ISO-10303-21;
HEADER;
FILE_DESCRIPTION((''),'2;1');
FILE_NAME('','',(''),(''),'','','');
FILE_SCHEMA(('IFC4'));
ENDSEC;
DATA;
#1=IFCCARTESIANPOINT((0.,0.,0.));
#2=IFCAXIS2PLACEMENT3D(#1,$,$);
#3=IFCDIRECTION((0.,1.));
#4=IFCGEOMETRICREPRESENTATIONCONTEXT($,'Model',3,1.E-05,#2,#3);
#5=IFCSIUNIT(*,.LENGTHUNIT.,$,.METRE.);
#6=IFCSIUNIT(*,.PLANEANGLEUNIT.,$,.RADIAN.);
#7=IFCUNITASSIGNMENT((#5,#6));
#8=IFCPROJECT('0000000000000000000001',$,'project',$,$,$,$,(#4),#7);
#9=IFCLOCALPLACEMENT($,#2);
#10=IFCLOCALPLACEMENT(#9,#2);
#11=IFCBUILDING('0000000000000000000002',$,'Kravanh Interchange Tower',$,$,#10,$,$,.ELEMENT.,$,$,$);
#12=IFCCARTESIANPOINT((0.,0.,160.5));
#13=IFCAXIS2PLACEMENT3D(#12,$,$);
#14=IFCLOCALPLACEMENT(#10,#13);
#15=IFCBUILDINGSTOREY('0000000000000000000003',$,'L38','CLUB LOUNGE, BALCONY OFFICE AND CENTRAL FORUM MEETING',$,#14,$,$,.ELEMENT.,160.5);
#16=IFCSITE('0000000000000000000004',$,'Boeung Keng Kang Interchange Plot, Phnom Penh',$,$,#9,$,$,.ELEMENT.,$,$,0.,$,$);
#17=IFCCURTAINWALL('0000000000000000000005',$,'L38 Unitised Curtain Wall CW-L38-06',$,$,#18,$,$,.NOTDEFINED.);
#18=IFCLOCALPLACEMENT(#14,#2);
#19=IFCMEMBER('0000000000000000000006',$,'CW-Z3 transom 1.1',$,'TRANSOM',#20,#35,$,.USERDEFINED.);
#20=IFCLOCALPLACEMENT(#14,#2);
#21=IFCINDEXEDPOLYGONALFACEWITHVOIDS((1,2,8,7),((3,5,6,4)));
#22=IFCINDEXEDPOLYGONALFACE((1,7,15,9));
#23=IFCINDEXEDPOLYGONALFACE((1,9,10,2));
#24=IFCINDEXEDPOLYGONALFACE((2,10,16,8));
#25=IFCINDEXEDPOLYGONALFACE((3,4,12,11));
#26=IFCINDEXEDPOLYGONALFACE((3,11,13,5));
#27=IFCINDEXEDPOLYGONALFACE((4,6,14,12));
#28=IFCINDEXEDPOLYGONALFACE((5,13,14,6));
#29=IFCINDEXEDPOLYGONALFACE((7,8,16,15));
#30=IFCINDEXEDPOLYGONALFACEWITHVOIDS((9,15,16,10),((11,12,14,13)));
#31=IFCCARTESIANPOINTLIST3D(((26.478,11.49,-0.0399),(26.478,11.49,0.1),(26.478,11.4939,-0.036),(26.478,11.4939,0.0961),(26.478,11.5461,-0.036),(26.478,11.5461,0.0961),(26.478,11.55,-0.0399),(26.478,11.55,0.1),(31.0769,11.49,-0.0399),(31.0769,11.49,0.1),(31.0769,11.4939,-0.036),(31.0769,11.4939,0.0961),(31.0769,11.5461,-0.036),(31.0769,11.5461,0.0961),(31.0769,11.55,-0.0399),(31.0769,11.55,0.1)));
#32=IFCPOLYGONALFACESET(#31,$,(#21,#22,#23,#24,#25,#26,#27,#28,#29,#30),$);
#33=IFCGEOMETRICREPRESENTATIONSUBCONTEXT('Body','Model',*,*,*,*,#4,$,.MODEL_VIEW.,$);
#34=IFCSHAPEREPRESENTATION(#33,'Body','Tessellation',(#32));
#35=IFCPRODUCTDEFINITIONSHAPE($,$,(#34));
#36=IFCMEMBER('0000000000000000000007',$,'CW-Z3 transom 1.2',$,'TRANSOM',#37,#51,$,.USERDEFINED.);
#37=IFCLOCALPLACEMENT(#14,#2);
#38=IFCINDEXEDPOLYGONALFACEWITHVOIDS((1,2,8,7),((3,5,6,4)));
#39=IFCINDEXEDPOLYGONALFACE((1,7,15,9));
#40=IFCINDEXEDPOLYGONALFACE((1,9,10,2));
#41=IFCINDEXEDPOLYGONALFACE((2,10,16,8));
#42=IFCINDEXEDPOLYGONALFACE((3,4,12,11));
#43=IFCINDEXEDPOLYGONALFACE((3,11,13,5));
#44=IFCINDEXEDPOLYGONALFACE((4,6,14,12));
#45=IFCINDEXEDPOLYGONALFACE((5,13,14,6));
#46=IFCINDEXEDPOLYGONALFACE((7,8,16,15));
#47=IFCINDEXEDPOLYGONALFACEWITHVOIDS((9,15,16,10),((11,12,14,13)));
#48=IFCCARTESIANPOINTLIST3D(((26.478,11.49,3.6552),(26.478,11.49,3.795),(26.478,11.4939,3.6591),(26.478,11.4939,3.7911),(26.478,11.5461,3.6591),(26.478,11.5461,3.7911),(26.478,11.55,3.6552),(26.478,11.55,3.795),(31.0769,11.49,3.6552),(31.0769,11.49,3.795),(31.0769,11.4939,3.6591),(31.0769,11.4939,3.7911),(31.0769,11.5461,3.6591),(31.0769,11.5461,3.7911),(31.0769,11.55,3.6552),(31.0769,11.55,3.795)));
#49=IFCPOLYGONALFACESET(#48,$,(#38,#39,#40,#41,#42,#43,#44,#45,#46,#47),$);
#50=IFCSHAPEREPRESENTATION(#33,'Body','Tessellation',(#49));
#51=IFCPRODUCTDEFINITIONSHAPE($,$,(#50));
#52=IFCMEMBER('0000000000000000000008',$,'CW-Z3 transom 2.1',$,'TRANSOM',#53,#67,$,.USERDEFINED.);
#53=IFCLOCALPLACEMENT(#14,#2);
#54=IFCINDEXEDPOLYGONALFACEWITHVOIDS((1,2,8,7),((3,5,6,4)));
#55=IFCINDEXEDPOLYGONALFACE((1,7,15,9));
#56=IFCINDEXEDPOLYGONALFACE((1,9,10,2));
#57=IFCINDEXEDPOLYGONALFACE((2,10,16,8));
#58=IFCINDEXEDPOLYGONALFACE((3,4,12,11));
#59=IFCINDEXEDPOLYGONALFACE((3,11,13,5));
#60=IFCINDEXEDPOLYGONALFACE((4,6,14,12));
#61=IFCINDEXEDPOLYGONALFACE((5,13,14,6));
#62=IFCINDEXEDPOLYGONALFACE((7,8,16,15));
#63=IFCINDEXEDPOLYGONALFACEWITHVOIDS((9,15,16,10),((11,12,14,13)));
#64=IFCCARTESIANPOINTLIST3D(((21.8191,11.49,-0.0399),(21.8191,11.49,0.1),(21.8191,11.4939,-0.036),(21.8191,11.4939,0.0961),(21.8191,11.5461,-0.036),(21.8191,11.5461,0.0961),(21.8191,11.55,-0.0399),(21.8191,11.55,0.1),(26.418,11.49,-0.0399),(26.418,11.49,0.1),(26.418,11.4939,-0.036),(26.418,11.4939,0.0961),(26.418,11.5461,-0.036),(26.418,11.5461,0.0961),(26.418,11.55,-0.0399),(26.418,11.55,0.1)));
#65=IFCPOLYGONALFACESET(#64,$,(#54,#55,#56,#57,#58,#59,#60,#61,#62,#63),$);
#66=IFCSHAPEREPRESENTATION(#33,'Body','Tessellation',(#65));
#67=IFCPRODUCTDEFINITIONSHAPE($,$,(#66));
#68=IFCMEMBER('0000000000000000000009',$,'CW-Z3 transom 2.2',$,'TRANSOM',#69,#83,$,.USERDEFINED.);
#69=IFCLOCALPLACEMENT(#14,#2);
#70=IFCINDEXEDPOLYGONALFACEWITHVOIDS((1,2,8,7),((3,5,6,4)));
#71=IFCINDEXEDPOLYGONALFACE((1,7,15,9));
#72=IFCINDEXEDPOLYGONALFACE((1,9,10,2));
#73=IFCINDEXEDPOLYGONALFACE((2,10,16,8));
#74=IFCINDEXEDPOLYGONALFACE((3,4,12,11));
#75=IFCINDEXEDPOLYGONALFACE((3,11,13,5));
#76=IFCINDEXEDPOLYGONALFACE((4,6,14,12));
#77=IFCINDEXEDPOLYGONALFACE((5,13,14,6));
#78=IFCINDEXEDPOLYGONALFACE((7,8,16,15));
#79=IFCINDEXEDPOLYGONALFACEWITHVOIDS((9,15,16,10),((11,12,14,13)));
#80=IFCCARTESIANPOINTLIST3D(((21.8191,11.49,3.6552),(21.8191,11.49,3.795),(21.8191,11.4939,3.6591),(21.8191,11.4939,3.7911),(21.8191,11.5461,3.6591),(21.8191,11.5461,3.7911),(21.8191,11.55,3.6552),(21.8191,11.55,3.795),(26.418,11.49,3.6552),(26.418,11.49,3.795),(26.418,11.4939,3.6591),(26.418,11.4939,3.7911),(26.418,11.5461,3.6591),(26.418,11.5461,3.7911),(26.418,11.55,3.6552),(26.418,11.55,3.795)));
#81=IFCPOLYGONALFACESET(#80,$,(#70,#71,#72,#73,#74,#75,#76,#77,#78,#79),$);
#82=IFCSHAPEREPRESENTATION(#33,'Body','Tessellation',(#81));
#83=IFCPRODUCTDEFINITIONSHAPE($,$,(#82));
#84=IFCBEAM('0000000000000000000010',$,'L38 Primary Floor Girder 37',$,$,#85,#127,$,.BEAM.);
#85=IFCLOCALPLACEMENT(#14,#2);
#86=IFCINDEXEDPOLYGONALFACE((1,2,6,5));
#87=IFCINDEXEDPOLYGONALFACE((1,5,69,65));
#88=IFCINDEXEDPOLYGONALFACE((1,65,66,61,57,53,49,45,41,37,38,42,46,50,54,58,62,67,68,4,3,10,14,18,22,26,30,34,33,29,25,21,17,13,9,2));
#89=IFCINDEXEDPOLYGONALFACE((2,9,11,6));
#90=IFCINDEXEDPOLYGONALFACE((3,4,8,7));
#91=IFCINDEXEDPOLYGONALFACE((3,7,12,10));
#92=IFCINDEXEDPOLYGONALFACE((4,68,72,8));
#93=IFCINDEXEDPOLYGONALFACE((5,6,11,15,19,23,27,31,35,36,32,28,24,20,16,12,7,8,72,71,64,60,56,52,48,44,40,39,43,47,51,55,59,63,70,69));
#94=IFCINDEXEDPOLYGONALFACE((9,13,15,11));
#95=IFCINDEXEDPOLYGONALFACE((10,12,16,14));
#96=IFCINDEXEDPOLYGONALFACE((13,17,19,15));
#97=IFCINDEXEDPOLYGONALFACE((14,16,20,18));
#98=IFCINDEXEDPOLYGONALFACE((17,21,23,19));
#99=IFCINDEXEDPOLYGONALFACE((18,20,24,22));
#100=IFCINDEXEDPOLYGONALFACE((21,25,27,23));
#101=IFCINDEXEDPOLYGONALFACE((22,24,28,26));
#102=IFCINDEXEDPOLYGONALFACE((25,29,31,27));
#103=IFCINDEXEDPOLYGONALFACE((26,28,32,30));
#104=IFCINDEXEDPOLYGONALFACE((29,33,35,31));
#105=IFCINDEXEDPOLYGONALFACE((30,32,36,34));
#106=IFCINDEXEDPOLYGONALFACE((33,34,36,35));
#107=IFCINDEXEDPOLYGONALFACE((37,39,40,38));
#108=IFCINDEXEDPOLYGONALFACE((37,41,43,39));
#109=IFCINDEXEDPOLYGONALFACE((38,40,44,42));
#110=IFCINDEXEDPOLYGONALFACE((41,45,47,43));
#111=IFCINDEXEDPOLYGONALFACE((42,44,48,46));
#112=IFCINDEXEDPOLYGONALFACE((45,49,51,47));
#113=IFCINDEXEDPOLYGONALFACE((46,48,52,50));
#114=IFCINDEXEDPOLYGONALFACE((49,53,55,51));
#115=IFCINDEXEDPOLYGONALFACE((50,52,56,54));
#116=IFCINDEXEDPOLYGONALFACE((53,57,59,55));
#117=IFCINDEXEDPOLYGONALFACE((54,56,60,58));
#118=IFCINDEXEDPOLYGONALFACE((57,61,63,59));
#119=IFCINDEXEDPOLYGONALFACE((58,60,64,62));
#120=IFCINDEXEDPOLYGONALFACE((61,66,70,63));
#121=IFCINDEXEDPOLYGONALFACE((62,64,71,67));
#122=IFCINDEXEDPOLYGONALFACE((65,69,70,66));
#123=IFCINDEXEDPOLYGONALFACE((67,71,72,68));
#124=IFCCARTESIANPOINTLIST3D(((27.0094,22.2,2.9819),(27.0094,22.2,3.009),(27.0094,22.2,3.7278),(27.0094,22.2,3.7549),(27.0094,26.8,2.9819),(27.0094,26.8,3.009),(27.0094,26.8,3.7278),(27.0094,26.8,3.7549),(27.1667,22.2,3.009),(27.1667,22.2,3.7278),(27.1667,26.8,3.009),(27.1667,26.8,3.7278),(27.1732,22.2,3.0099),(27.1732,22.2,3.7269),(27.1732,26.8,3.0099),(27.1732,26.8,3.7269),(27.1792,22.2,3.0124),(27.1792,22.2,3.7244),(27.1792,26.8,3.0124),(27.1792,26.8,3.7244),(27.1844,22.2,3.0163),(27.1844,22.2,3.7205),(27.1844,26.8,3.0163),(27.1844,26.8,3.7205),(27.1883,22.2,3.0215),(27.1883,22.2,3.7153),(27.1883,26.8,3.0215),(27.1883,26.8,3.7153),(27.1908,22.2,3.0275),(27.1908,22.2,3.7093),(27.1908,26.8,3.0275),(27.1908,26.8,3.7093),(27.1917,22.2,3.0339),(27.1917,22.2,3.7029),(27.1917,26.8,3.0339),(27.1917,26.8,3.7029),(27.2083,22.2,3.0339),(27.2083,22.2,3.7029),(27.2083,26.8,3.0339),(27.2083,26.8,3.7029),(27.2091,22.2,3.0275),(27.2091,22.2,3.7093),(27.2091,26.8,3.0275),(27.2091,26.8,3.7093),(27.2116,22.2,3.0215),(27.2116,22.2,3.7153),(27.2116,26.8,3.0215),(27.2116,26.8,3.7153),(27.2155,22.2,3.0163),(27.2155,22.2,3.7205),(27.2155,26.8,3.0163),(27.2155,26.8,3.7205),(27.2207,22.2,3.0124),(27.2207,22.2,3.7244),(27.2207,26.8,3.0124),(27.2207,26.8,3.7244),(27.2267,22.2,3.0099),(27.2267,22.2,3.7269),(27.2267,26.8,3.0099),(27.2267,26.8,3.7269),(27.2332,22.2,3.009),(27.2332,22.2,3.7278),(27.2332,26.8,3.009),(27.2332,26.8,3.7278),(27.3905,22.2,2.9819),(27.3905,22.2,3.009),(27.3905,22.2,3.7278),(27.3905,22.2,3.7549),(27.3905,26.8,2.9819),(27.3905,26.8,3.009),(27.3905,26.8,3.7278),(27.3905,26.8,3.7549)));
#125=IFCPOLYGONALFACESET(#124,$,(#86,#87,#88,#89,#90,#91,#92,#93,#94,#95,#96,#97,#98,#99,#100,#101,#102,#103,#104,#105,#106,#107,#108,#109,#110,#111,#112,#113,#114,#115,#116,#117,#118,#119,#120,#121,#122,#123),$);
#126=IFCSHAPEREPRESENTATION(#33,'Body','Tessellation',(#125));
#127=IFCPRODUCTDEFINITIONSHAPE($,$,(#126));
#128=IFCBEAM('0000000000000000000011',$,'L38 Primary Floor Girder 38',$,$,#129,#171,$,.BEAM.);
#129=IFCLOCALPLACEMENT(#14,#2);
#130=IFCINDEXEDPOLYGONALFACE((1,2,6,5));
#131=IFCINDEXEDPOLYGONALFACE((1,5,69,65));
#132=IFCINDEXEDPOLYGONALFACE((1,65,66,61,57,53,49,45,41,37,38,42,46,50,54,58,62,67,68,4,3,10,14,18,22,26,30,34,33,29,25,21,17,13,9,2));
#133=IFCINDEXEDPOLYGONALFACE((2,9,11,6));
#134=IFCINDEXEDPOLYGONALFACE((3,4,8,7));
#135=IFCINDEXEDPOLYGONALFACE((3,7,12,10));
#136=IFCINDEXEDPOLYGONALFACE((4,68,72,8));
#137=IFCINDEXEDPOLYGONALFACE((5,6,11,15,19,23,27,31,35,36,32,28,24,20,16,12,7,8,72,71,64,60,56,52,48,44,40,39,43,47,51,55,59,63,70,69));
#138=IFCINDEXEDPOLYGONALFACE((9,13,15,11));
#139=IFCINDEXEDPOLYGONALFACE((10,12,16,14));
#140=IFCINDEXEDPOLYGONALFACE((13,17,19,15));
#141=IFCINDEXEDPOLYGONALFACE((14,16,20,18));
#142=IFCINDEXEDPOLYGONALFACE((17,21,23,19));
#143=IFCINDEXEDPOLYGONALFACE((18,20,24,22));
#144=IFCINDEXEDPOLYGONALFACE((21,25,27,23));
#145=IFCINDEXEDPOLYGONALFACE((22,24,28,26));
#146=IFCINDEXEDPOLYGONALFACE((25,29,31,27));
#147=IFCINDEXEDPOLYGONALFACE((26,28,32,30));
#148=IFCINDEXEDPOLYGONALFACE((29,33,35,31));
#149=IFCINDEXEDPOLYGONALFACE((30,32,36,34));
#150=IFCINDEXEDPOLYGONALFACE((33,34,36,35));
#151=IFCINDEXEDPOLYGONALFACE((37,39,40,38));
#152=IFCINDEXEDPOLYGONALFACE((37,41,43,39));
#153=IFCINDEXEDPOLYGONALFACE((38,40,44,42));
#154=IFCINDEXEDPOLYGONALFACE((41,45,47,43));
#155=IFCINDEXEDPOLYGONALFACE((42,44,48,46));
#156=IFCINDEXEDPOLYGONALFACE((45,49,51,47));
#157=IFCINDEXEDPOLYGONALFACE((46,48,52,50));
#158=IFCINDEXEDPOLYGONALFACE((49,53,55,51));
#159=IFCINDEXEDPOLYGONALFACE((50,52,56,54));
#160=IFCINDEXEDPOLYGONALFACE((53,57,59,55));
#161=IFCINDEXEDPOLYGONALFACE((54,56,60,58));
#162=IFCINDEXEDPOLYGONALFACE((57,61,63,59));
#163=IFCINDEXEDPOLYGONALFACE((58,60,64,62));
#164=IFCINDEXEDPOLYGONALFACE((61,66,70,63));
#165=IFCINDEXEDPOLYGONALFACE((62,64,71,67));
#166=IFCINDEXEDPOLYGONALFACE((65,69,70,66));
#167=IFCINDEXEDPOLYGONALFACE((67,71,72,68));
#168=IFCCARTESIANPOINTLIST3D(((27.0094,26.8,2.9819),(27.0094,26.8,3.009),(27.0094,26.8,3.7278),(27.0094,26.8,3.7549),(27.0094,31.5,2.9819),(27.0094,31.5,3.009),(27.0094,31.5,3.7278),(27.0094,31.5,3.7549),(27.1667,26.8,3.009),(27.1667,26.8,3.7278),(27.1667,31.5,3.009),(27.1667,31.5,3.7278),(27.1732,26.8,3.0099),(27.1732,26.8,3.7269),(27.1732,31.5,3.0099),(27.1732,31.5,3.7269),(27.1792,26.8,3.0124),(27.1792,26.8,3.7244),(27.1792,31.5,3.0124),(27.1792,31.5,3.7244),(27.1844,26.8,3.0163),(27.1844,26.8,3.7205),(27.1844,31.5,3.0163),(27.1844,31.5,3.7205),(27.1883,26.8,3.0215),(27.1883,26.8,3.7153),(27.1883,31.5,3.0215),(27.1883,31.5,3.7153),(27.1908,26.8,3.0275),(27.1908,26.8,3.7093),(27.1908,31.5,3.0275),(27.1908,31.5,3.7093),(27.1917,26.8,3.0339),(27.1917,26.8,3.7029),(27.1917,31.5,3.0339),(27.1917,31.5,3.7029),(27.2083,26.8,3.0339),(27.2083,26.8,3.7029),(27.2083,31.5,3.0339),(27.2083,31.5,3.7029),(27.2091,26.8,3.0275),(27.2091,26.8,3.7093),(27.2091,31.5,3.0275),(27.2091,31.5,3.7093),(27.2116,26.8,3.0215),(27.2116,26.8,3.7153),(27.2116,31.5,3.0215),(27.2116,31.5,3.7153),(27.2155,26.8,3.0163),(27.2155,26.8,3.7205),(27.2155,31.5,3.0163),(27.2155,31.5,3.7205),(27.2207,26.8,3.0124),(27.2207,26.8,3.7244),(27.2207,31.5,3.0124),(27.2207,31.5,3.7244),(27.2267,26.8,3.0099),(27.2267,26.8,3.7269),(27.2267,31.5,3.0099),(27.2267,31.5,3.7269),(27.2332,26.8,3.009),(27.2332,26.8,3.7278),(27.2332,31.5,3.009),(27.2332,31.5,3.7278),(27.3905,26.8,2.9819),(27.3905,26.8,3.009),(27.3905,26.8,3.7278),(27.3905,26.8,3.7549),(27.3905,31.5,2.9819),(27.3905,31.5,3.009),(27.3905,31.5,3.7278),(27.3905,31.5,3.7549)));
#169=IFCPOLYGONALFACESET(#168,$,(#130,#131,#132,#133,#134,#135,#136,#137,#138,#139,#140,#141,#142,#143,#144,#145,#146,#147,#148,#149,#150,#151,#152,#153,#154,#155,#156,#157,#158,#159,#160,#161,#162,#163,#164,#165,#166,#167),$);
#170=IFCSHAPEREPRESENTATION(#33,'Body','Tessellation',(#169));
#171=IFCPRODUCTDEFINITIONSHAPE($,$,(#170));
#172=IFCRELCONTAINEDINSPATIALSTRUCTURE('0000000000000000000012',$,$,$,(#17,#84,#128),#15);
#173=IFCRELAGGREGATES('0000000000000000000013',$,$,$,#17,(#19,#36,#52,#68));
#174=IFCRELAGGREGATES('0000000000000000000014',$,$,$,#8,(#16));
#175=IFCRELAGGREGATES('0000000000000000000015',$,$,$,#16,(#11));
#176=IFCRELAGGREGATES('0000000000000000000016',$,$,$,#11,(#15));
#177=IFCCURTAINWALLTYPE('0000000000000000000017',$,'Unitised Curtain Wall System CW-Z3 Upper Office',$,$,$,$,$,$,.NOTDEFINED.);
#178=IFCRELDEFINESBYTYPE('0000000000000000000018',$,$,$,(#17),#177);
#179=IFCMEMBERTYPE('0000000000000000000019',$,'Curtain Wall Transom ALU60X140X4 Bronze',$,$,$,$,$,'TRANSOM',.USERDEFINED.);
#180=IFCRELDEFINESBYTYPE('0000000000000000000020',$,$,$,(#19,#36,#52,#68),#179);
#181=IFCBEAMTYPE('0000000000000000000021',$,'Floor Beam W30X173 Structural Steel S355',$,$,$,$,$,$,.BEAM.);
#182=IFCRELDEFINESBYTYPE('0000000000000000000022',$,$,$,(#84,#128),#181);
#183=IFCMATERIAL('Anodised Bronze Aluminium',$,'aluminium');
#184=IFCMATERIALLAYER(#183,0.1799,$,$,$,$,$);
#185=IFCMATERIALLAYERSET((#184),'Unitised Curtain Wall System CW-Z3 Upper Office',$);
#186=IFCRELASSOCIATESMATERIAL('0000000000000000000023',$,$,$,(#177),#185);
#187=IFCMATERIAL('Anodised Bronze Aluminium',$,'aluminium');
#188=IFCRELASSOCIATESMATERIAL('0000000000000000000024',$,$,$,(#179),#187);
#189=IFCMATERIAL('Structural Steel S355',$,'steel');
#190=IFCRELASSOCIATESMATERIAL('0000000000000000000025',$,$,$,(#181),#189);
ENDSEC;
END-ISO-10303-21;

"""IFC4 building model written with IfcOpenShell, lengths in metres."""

from ifc_helpers import new_model, si_unit, direction, frame, origin, origin_2d, place, context, subcontext, project, spatial, hollow_rectangle, i_section, extrude, material, layer, layer_set, material_profile, profile_set, type_object, element, aggregate, save


model = new_model("IFC4")

# Units and contexts
model_context = context("Model", 3, precision=1e-05, world=origin(), true_north=direction((0.0, 1.0)))
body_context = subcontext(model_context, "Body", "Model", "MODEL_VIEW")
ifc_project = project(units=[si_unit("LENGTHUNIT", "METRE"), si_unit("PLANEANGLEUNIT", "RADIAN")], contexts=[model_context])

# Site, building, storey
site_placement = place(None, origin())
site = spatial("IfcSite", under=ifc_project, at=site_placement, Name="Boeung Keng Kang Interchange Plot, Phnom Penh", CompositionType="ELEMENT", RefElevation=0.0)
building_placement = place(site_placement, origin())
building = spatial("IfcBuilding", under=site, at=building_placement, Name="Kravanh Interchange Tower", CompositionType="ELEMENT")
storey_placement = place(building_placement, frame((0.0, 0.0, 160.5)))
storey = spatial("IfcBuildingStorey", under=building, at=storey_placement, Name="L38", Description="CLUB LOUNGE, BALCONY OFFICE AND CENTRAL FORUM MEETING", CompositionType="ELEMENT", Elevation=160.5)

# Curtain wall
ifc_material_1 = material(Name="Anodised Bronze Aluminium", Category="aluminium")
ifc_layer_1 = layer(ifc_material_1, 0.1799)
ifc_layer_set_1 = layer_set([ifc_layer_1], Name="Unitised Curtain Wall System CW-Z3 Upper Office")
curtain_wall_type = type_object("IfcCurtainWallType", Name="Unitised Curtain Wall System CW-Z3 Upper Office", PredefinedType="NOTDEFINED", material=ifc_layer_set_1)
curtain_wall_1_placement = place(storey_placement, origin())
curtain_wall_1 = element("IfcCurtainWall", 1, at=curtain_wall_1_placement, inside=storey, type_object=curtain_wall_type, Name="L38 Unitised Curtain Wall CW-L38-06", PredefinedType="NOTDEFINED")

# Members
ifc_material_2 = material(Name="Anodised Bronze Aluminium", Category="aluminium")
ifc_material_profile_1 = material_profile(ifc_material_2, hollow_rectangle(XDim=0.0601, YDim=0.1399, WallThickness=0.0039, at=origin_2d()), Name="ALU60X140X4")
ifc_profile_set_1 = profile_set([ifc_material_profile_1], Name="Anodised Bronze Aluminium")
member_type_1 = type_object("IfcMemberType", Name="Curtain Wall Transom ALU60X140X4 Bronze", ElementType="TRANSOM", PredefinedType="USERDEFINED", material=ifc_profile_set_1)
member_1_placement = place(storey_placement, frame((31.0769, 11.52, 0.03), z_axis=(-1.0, 0.0, 0.0), x_axis=(0.0, -1.0, 0.0)))
member_1 = element("IfcMember", 2, at=member_1_placement, type_object=member_type_1, Name="CW-Z3 transom 1.1", ObjectType="TRANSOM", PredefinedType="USERDEFINED", context=body_context, shape_type="SweptSolid", body=[
    extrude(hollow_rectangle(XDim=0.0601, YDim=0.1399, WallThickness=0.0039, at=origin_2d()), origin(), (0.0, 0.0, 1.0), 4.5989),
])
member_2_placement = place(storey_placement, frame((31.0769, 11.52, 3.7251), z_axis=(-1.0, 0.0, 0.0), x_axis=(0.0, -1.0, 0.0)))
member_2 = element("IfcMember", 3, at=member_2_placement, type_object=member_type_1, Name="CW-Z3 transom 1.2", ObjectType="TRANSOM", PredefinedType="USERDEFINED", context=body_context, shape_type="SweptSolid", body=[
    extrude(hollow_rectangle(XDim=0.0601, YDim=0.1399, WallThickness=0.0039, at=origin_2d()), origin(), (0.0, 0.0, 1.0), 4.5989),
])
member_3_placement = place(storey_placement, frame((26.418, 11.52, 0.03), z_axis=(-1.0, 0.0, 0.0), x_axis=(0.0, -1.0, 0.0)))
member_3 = element("IfcMember", 4, at=member_3_placement, type_object=member_type_1, Name="CW-Z3 transom 2.1", ObjectType="TRANSOM", PredefinedType="USERDEFINED", context=body_context, shape_type="SweptSolid", body=[
    extrude(hollow_rectangle(XDim=0.0601, YDim=0.1399, WallThickness=0.0039, at=origin_2d()), origin(), (0.0, 0.0, 1.0), 4.5989),
])
member_4_placement = place(storey_placement, frame((26.418, 11.52, 3.7251), z_axis=(-1.0, 0.0, 0.0), x_axis=(0.0, -1.0, 0.0)))
member_4 = element("IfcMember", 5, at=member_4_placement, type_object=member_type_1, Name="CW-Z3 transom 2.2", ObjectType="TRANSOM", PredefinedType="USERDEFINED", context=body_context, shape_type="SweptSolid", body=[
    extrude(hollow_rectangle(XDim=0.0601, YDim=0.1399, WallThickness=0.0039, at=origin_2d()), origin(), (0.0, 0.0, 1.0), 4.5989),
])

# Beams
ifc_material_3 = material(Name="Structural Steel S355", Category="steel")
ifc_material_profile_2 = material_profile(ifc_material_3, i_section(OverallWidth=0.3811, OverallDepth=0.7729, WebThickness=0.0166, FlangeThickness=0.0271, FilletRadius=0.0249, at=origin_2d()), Name="W30X173")
ifc_profile_set_2 = profile_set([ifc_material_profile_2], Name="Structural Steel S355")
beam_type_1 = type_object("IfcBeamType", Name="Floor Beam W30X173 Structural Steel S355", PredefinedType="BEAM", material=ifc_profile_set_2)
beam_1_placement = place(storey_placement, frame((27.2, 26.8, 3.3684), z_axis=(0.0, -1.0, 0.0), x_axis=(1.0, 0.0, 0.0)))
element("IfcBeam", 6, at=beam_1_placement, inside=storey, type_object=beam_type_1, Name="L38 Primary Floor Girder 37", PredefinedType="BEAM", context=body_context, shape_type="SweptSolid", body=[
    extrude(i_section(OverallWidth=0.3811, OverallDepth=0.7729, WebThickness=0.0166, FlangeThickness=0.0271, FilletRadius=0.0249, at=origin_2d()), origin(), (0.0, 0.0, 1.0), 4.6001),
])
beam_2_placement = place(storey_placement, frame((27.2, 26.8, 3.3684), z_axis=(0.0, 1.0, 0.0), x_axis=(-1.0, 0.0, 0.0)))
element("IfcBeam", 7, at=beam_2_placement, inside=storey, type_object=beam_type_1, Name="L38 Primary Floor Girder 38", PredefinedType="BEAM", context=body_context, shape_type="SweptSolid", body=[
    extrude(i_section(OverallWidth=0.3811, OverallDepth=0.7729, WebThickness=0.0166, FlangeThickness=0.0271, FilletRadius=0.0249, at=origin_2d()), origin(), (0.0, 0.0, 1.0), 4.7),
])

aggregate(curtain_wall_1, [member_1, member_2, member_3, member_4])

save(model, "model.ifc")
